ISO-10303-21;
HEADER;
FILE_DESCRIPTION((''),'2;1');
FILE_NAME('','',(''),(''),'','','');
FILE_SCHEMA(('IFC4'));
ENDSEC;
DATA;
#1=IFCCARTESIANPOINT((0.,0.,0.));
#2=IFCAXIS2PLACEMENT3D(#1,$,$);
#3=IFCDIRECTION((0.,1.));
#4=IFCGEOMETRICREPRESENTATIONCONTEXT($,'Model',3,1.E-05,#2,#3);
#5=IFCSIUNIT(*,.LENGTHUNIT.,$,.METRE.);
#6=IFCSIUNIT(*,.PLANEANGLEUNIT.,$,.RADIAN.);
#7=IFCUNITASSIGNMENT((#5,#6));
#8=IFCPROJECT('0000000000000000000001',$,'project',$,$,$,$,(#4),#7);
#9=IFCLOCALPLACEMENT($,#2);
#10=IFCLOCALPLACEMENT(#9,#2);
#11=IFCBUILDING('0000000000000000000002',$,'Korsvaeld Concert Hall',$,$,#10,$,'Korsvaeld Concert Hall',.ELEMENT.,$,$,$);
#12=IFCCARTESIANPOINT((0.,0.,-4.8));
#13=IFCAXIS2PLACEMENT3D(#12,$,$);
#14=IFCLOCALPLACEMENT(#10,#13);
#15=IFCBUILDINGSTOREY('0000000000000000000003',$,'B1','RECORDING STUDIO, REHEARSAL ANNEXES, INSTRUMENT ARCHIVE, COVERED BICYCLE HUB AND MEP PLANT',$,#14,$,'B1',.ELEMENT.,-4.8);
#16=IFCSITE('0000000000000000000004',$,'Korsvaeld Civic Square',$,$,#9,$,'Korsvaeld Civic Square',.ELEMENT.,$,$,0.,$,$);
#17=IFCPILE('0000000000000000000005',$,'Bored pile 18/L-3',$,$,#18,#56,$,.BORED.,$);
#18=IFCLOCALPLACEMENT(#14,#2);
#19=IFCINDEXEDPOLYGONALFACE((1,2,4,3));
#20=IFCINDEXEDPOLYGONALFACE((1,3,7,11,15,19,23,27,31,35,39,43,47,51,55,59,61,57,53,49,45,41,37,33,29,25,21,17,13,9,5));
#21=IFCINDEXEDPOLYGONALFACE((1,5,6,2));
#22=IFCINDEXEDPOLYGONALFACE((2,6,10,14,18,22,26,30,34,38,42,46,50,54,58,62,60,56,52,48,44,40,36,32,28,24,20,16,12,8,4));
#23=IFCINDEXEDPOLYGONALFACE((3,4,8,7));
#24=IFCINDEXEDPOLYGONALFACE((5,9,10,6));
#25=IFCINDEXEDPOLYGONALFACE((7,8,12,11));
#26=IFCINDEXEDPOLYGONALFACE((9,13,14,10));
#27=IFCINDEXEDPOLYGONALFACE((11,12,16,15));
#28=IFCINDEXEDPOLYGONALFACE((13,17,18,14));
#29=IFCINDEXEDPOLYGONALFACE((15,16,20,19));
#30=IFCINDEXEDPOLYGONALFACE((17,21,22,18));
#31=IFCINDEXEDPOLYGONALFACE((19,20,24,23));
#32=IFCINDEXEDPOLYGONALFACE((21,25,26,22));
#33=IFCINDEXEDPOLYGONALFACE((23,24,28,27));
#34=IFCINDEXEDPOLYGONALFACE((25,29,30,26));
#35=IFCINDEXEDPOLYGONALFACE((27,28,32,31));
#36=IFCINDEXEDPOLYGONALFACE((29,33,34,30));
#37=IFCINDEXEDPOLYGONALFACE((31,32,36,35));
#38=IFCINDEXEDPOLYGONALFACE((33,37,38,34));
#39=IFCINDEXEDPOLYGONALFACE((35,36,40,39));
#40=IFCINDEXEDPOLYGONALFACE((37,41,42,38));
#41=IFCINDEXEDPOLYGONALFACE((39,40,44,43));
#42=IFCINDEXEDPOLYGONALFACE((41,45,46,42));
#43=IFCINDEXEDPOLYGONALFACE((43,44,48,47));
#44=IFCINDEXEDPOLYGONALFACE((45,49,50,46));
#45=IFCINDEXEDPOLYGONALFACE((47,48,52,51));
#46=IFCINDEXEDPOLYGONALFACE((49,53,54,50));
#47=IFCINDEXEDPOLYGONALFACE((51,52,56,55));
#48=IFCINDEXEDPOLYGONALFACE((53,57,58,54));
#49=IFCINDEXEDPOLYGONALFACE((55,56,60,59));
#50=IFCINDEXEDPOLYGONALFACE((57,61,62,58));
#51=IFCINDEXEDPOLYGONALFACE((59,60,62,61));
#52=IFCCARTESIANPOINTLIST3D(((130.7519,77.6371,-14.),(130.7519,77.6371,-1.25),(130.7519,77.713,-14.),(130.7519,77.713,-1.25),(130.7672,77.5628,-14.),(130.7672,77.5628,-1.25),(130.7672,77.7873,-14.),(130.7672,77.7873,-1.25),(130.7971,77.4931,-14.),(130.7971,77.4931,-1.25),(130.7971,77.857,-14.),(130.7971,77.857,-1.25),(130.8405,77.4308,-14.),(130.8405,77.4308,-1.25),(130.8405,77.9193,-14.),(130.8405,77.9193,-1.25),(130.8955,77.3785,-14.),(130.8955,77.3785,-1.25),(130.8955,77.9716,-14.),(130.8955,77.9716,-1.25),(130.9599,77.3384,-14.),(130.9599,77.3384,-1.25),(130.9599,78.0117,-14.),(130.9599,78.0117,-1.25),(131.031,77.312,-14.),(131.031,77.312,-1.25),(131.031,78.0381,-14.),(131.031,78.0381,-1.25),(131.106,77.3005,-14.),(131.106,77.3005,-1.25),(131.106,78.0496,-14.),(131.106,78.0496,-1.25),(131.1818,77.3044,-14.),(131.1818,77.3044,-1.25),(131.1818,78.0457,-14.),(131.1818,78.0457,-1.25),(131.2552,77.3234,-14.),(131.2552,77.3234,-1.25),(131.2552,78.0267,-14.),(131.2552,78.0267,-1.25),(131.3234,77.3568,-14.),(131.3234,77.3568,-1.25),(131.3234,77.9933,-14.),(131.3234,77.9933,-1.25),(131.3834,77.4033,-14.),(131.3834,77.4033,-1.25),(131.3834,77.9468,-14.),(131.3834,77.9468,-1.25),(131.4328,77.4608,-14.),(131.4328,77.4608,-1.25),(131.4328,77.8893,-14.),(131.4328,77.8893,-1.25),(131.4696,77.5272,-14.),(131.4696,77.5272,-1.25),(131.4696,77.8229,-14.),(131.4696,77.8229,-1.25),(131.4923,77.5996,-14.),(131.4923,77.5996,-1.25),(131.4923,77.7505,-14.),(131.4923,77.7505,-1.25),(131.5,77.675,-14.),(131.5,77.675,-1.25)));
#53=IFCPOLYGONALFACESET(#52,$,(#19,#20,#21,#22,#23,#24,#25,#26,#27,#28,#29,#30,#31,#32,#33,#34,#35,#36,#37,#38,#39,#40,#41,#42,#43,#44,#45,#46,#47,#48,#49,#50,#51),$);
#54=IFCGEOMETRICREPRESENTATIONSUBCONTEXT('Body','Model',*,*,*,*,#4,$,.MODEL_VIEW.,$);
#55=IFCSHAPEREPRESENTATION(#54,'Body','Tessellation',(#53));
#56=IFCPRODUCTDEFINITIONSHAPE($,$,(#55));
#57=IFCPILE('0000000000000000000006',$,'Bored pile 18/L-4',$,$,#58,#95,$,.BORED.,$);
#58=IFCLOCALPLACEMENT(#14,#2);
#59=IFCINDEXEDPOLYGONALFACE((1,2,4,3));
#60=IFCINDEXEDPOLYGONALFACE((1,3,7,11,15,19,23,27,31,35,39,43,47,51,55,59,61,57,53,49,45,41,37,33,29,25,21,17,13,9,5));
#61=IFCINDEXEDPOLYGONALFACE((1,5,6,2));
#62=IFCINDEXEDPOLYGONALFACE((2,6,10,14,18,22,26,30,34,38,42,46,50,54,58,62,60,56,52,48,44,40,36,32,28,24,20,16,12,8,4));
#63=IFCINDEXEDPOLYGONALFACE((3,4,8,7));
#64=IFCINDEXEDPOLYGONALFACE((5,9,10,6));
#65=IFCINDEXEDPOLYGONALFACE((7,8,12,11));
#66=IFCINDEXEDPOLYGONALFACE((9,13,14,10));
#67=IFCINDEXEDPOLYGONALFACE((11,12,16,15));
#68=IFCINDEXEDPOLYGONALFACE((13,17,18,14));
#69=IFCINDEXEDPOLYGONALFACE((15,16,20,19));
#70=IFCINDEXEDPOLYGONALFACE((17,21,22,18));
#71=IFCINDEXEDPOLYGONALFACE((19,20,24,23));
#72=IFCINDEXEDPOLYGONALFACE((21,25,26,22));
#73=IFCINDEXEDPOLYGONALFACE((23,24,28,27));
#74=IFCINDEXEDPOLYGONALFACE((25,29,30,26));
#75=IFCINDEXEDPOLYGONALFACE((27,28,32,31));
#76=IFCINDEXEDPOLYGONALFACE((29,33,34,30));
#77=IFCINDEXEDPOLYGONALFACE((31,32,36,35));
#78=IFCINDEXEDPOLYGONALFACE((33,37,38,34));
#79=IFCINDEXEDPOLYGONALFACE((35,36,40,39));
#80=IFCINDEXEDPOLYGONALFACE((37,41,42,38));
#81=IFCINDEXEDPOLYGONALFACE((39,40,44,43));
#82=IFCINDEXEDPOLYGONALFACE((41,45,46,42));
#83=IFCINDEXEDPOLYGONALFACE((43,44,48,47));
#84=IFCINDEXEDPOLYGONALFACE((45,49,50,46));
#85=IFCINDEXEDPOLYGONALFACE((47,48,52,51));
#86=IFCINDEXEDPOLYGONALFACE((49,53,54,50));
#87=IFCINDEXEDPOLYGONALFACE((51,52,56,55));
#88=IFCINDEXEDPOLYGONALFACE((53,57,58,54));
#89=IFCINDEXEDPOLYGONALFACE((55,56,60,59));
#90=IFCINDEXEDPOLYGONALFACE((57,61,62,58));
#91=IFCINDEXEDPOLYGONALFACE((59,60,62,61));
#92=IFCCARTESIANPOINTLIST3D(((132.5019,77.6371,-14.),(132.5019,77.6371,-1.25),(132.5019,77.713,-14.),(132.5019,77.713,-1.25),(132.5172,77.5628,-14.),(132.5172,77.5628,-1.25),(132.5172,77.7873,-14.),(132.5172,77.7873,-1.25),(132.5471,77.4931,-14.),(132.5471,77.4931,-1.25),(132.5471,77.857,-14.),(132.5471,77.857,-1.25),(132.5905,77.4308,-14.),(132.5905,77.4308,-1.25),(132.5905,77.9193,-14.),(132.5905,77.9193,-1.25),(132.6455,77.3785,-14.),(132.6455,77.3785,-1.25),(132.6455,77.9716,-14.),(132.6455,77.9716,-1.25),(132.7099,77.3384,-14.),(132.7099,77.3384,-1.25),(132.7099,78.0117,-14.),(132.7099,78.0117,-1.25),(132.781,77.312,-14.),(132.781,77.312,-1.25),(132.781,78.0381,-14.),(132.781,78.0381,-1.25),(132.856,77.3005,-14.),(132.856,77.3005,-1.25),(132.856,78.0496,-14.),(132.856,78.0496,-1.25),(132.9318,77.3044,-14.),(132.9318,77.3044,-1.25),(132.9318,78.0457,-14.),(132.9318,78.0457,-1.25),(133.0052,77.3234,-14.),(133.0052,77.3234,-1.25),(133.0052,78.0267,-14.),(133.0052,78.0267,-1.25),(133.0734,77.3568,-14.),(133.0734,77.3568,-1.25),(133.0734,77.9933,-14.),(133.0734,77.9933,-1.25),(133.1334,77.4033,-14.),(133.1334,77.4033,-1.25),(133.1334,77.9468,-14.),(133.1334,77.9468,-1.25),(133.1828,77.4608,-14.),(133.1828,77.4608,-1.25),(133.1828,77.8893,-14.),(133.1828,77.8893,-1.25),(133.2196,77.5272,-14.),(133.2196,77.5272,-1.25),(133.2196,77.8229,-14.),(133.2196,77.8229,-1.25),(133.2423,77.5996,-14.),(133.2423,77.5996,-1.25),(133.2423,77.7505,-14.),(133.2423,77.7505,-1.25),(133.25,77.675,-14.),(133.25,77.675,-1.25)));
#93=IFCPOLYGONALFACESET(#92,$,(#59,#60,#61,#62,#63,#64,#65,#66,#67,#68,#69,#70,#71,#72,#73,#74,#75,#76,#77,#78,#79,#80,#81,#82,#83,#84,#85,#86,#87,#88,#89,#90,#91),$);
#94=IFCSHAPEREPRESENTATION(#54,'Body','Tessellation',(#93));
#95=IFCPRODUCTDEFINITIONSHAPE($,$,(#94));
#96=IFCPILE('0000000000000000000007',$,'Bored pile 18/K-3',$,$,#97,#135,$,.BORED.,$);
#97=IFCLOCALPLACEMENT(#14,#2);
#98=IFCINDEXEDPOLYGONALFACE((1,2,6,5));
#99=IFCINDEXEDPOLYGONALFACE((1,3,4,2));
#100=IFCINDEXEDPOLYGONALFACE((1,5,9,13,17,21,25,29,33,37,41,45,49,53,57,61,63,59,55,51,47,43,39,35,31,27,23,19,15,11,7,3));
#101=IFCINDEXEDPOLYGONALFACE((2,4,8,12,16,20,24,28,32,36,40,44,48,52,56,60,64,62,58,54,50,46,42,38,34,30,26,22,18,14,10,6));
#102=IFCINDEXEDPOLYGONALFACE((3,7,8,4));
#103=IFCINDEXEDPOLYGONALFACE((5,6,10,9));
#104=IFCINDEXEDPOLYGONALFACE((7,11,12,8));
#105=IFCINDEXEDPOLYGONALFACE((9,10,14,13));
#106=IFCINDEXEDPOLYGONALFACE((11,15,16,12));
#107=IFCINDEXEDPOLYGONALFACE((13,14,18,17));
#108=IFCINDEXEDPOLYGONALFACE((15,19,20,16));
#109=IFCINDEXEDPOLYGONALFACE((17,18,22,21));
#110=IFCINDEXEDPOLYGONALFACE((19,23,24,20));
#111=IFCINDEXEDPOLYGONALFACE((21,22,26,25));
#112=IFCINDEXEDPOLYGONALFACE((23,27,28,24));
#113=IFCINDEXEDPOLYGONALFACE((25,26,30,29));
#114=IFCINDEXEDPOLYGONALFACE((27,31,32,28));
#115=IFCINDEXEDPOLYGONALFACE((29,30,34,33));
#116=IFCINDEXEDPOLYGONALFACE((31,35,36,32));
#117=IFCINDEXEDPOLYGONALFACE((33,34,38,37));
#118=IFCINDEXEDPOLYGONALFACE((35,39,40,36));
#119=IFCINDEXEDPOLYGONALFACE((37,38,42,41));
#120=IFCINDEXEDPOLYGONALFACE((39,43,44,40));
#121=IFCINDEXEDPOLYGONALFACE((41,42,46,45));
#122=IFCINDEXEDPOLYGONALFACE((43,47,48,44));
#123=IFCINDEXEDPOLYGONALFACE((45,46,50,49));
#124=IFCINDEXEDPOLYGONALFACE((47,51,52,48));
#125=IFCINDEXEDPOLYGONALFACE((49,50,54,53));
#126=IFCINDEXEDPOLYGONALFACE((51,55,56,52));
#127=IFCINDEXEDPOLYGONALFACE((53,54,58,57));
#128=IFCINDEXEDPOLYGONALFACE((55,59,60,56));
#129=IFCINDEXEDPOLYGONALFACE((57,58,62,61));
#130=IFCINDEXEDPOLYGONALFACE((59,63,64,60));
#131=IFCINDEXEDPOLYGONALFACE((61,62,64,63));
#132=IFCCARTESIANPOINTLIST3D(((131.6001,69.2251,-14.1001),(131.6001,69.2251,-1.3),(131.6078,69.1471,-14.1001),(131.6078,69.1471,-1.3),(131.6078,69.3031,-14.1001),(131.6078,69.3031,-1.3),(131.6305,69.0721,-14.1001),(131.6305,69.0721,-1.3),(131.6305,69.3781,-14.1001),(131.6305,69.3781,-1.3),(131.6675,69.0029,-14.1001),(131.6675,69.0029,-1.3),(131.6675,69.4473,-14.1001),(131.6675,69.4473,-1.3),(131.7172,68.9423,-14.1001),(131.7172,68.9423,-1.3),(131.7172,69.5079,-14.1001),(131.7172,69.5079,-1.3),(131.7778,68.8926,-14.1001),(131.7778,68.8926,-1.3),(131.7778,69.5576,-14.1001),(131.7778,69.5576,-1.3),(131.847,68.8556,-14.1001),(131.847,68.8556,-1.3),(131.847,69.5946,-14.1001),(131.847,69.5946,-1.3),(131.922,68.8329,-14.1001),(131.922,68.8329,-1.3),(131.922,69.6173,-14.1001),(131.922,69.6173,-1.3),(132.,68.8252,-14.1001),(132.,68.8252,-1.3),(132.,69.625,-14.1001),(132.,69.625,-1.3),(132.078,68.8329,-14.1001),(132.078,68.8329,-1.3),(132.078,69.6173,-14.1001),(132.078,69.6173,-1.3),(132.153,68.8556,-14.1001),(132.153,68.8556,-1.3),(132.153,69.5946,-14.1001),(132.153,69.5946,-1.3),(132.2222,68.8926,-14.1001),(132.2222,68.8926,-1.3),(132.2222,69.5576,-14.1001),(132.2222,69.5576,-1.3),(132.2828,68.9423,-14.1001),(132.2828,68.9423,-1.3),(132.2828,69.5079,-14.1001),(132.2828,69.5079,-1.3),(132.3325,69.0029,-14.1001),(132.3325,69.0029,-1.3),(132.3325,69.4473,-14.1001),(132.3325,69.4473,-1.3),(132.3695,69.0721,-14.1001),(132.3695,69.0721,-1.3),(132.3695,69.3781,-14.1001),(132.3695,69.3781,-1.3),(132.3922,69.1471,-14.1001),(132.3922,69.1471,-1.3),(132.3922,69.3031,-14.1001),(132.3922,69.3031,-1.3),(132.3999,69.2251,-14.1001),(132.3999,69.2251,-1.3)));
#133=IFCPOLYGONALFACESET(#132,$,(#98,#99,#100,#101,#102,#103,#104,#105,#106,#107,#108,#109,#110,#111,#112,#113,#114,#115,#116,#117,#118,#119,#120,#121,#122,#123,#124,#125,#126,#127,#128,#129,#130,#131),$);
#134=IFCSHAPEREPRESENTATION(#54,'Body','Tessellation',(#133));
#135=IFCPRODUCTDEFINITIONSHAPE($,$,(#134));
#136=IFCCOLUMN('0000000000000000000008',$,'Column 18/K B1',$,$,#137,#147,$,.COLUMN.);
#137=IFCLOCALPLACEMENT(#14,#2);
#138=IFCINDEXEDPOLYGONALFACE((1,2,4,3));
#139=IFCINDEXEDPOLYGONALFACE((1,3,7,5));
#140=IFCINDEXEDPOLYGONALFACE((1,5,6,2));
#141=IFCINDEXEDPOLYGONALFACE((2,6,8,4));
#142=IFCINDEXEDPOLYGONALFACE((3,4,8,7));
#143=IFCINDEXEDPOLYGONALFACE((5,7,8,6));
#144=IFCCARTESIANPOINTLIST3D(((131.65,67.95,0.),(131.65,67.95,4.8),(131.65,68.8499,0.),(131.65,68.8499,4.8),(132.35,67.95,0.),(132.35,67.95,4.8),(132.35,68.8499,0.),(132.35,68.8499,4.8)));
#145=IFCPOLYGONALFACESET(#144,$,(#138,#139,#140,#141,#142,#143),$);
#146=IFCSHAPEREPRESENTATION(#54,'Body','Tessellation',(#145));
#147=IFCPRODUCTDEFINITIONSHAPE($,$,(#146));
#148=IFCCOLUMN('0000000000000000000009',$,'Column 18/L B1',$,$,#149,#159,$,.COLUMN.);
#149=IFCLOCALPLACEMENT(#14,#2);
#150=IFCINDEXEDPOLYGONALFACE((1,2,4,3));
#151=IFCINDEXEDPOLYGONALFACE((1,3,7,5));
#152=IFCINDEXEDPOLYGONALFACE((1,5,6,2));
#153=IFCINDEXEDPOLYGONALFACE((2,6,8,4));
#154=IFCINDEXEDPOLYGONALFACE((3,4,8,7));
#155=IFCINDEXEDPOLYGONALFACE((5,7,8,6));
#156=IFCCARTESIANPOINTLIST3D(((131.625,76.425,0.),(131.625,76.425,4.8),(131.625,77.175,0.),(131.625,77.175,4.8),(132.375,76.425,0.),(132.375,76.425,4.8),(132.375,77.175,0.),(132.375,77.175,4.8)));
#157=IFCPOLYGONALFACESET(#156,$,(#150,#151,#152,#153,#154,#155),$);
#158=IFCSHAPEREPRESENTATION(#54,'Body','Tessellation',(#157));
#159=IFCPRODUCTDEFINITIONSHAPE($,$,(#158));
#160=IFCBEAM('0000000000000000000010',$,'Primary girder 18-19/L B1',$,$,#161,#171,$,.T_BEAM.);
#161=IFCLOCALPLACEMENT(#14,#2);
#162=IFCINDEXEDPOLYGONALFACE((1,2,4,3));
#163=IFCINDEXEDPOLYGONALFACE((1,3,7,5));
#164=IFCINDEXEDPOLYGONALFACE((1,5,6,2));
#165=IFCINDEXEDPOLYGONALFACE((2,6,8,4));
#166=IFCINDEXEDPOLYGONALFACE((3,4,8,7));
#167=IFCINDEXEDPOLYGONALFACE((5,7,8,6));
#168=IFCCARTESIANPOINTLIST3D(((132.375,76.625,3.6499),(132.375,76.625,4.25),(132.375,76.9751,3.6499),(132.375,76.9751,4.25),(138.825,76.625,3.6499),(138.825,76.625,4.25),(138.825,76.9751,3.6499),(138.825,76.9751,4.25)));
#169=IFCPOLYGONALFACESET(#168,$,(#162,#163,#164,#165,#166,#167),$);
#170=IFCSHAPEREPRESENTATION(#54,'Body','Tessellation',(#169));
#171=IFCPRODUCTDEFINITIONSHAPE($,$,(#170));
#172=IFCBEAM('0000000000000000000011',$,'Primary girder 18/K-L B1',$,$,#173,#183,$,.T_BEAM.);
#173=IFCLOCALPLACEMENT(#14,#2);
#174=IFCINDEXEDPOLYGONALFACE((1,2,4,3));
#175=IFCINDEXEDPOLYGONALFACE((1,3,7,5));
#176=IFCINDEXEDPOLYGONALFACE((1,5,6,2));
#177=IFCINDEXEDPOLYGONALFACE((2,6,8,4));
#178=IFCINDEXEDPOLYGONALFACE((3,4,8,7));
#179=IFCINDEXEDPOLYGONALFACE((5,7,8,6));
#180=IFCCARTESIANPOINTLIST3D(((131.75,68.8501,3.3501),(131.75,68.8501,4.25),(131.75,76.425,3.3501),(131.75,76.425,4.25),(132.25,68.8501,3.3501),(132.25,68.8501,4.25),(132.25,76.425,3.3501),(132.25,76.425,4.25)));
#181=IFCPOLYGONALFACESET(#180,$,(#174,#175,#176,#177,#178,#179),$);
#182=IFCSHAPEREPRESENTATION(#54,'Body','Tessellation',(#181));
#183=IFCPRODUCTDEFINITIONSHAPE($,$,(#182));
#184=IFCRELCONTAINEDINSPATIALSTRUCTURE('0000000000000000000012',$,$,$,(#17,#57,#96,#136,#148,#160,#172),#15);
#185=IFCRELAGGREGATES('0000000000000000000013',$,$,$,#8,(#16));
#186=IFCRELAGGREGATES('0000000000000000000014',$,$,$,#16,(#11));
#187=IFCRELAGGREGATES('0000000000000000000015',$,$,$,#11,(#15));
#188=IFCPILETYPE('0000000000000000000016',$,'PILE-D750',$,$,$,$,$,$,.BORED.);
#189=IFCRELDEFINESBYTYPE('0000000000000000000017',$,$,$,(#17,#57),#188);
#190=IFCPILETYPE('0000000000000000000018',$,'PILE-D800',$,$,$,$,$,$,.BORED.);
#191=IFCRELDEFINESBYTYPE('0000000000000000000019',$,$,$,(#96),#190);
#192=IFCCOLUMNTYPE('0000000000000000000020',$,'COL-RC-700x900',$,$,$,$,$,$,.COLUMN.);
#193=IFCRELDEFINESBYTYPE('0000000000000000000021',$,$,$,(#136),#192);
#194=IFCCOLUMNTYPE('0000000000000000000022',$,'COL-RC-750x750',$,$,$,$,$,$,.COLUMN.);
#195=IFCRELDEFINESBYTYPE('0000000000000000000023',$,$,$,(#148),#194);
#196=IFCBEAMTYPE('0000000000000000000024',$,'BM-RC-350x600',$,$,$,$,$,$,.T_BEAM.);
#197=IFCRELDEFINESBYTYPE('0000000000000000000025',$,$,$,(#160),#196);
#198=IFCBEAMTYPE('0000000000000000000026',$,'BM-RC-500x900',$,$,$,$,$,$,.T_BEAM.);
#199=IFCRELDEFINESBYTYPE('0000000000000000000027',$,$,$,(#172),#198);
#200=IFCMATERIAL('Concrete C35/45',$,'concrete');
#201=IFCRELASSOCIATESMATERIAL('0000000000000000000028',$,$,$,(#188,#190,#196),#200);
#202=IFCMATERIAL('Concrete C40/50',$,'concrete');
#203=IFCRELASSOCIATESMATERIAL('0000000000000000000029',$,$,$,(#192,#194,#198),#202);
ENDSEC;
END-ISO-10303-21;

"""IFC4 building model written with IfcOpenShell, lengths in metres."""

from ifc_helpers import new_model, si_unit, direction, frame, origin, origin_2d, place, context, subcontext, project, spatial, rectangle, circle, extrude, material, material_profile, profile_set, type_object, element, save


model = new_model("IFC4")

# Units and contexts
model_context = context("Model", 3, precision=1e-05, world=origin(), true_north=direction((0.0, 1.0)))
body_context = subcontext(model_context, "Body", "Model", "MODEL_VIEW")
ifc_project = project(units=[si_unit("LENGTHUNIT", "METRE"), si_unit("PLANEANGLEUNIT", "RADIAN")], contexts=[model_context])

# Site, building, storey
site_placement = place(None, origin())
site = spatial("IfcSite", under=ifc_project, at=site_placement, Name="Korsvaeld Civic Square", LongName="Korsvaeld Civic Square", CompositionType="ELEMENT", RefElevation=0.0)
building_placement = place(site_placement, origin())
building = spatial("IfcBuilding", under=site, at=building_placement, Name="Korsvaeld Concert Hall", LongName="Korsvaeld Concert Hall", CompositionType="ELEMENT")
storey_placement = place(building_placement, frame((0.0, 0.0, -4.8)))
storey = spatial("IfcBuildingStorey", under=building, at=storey_placement, Name="B1", Description="RECORDING STUDIO, REHEARSAL ANNEXES, INSTRUMENT ARCHIVE, COVERED BICYCLE HUB AND MEP PLANT", LongName="B1", CompositionType="ELEMENT", Elevation=-4.8)

# Shared definitions
ifc_material_1 = material(Name="Concrete C35/45", Category="concrete")

# Piles
ifc_material_profile_1 = material_profile(ifc_material_1, circle(Radius=0.375, at=origin_2d()), Name="BORED PILE D750")
ifc_profile_set_1 = profile_set([ifc_material_profile_1], Name="Concrete C35/45")
pile_type_1 = type_object("IfcPileType", Name="PILE-D750", PredefinedType="BORED", material=ifc_profile_set_1)
for number, where, z_axis, x_axis, name in (
    (1, (131.125, 77.675, -1.25), (0.0, 0.0, -1.0), (1.0, 0.0, 0.0), "Bored pile 18/L-3"),
    (2, (132.875, 77.675, -1.25), (0.0, 0.0, -1.0), (1.0, 0.0, 0.0), "Bored pile 18/L-4"),
):
    element("IfcPile", number, at=place(storey_placement, frame(where, z_axis=z_axis, x_axis=x_axis)), inside=storey, type_object=pile_type_1, Name=name, PredefinedType="BORED", context=body_context, shape_type="SweptSolid", body=[
        extrude(circle(Radius=0.375, at=origin_2d()), origin(), (0.0, 0.0, 1.0), 12.75),
    ])
ifc_material_profile_2 = material_profile(ifc_material_1, circle(Radius=0.3999, at=origin_2d()), Name="BORED PILE D800")
ifc_profile_set_2 = profile_set([ifc_material_profile_2], Name="Concrete C35/45")
pile_type_2 = type_object("IfcPileType", Name="PILE-D800", PredefinedType="BORED", material=ifc_profile_set_2)
pile_placement = place(storey_placement, frame((132.0, 69.2251, -1.3), z_axis=(0.0, 0.0, -1.0), x_axis=(1.0, 0.0, 0.0)))
element("IfcPile", 3, at=pile_placement, inside=storey, type_object=pile_type_2, Name="Bored pile 18/K-3", PredefinedType="BORED", context=body_context, shape_type="SweptSolid", body=[
    extrude(circle(Radius=0.3999, at=origin_2d()), origin(), (0.0, 0.0, 1.0), 12.8),
])

# Columns
ifc_material_2 = material(Name="Concrete C40/50", Category="concrete")
ifc_material_profile_3 = material_profile(ifc_material_2, rectangle(XDim=0.7, YDim=0.8999, at=origin_2d()), Name="RC 700x900")
ifc_profile_set_3 = profile_set([ifc_material_profile_3], Name="Concrete C40/50")
column_type_1 = type_object("IfcColumnType", Name="COL-RC-700x900", PredefinedType="COLUMN", material=ifc_profile_set_3)
column_1_placement = place(storey_placement, frame((132.0, 68.3999, 0.0), z_axis=(0.0, 0.0, 1.0), x_axis=(1.0, 0.0, 0.0)))
element("IfcColumn", 4, at=column_1_placement, inside=storey, type_object=column_type_1, Name="Column 18/K B1", PredefinedType="COLUMN", context=body_context, shape_type="SweptSolid", body=[
    extrude(rectangle(XDim=0.7, YDim=0.8999, at=origin_2d()), origin(), (0.0, 0.0, 1.0), 4.8),
])
ifc_material_profile_4 = material_profile(ifc_material_2, rectangle(XDim=0.75, YDim=0.75, at=origin_2d()), Name="RC 750x750")
ifc_profile_set_4 = profile_set([ifc_material_profile_4], Name="Concrete C40/50")
column_type_2 = type_object("IfcColumnType", Name="COL-RC-750x750", PredefinedType="COLUMN", material=ifc_profile_set_4)
column_2_placement = place(storey_placement, frame((132.0, 76.8, 0.0), z_axis=(0.0, 0.0, 1.0), x_axis=(1.0, 0.0, 0.0)))
element("IfcColumn", 5, at=column_2_placement, inside=storey, type_object=column_type_2, Name="Column 18/L B1", PredefinedType="COLUMN", context=body_context, shape_type="SweptSolid", body=[
    extrude(rectangle(XDim=0.75, YDim=0.75, at=origin_2d()), origin(), (0.0, 0.0, 1.0), 4.8),
])

# Beams
ifc_material_profile_5 = material_profile(ifc_material_1, rectangle(XDim=0.3501, YDim=0.6001, at=origin_2d()), Name="RC 350x600")
ifc_profile_set_5 = profile_set([ifc_material_profile_5], Name="Concrete C35/45")
beam_type_1 = type_object("IfcBeamType", Name="BM-RC-350x600", PredefinedType="T_BEAM", material=ifc_profile_set_5)
beam_1_placement = place(storey_placement, frame((132.375, 76.8, 3.95), z_axis=(1.0, 0.0, 0.0), x_axis=(0.0, 1.0, 0.0)))
element("IfcBeam", 6, at=beam_1_placement, inside=storey, type_object=beam_type_1, Name="Primary girder 18-19/L B1", PredefinedType="T_BEAM", context=body_context, shape_type="SweptSolid", body=[
    extrude(rectangle(XDim=0.3501, YDim=0.6001, at=origin_2d()), origin(), (0.0, 0.0, 1.0), 6.45),
])
ifc_material_profile_6 = material_profile(ifc_material_2, rectangle(XDim=0.5, YDim=0.8999, at=origin_2d()), Name="RC 500x900")
ifc_profile_set_6 = profile_set([ifc_material_profile_6], Name="Concrete C40/50")
beam_type_2 = type_object("IfcBeamType", Name="BM-RC-500x900", PredefinedType="T_BEAM", material=ifc_profile_set_6)
beam_2_placement = place(storey_placement, frame((132.0, 68.8501, 3.8), z_axis=(0.0, 1.0, 0.0), x_axis=(-1.0, 0.0, 0.0)))
element("IfcBeam", 7, at=beam_2_placement, inside=storey, type_object=beam_type_2, Name="Primary girder 18/K-L B1", PredefinedType="T_BEAM", context=body_context, shape_type="SweptSolid", body=[
    extrude(rectangle(XDim=0.5, YDim=0.8999, at=origin_2d()), origin(), (0.0, 0.0, 1.0), 7.575),
])

save(model, "model.ifc")
